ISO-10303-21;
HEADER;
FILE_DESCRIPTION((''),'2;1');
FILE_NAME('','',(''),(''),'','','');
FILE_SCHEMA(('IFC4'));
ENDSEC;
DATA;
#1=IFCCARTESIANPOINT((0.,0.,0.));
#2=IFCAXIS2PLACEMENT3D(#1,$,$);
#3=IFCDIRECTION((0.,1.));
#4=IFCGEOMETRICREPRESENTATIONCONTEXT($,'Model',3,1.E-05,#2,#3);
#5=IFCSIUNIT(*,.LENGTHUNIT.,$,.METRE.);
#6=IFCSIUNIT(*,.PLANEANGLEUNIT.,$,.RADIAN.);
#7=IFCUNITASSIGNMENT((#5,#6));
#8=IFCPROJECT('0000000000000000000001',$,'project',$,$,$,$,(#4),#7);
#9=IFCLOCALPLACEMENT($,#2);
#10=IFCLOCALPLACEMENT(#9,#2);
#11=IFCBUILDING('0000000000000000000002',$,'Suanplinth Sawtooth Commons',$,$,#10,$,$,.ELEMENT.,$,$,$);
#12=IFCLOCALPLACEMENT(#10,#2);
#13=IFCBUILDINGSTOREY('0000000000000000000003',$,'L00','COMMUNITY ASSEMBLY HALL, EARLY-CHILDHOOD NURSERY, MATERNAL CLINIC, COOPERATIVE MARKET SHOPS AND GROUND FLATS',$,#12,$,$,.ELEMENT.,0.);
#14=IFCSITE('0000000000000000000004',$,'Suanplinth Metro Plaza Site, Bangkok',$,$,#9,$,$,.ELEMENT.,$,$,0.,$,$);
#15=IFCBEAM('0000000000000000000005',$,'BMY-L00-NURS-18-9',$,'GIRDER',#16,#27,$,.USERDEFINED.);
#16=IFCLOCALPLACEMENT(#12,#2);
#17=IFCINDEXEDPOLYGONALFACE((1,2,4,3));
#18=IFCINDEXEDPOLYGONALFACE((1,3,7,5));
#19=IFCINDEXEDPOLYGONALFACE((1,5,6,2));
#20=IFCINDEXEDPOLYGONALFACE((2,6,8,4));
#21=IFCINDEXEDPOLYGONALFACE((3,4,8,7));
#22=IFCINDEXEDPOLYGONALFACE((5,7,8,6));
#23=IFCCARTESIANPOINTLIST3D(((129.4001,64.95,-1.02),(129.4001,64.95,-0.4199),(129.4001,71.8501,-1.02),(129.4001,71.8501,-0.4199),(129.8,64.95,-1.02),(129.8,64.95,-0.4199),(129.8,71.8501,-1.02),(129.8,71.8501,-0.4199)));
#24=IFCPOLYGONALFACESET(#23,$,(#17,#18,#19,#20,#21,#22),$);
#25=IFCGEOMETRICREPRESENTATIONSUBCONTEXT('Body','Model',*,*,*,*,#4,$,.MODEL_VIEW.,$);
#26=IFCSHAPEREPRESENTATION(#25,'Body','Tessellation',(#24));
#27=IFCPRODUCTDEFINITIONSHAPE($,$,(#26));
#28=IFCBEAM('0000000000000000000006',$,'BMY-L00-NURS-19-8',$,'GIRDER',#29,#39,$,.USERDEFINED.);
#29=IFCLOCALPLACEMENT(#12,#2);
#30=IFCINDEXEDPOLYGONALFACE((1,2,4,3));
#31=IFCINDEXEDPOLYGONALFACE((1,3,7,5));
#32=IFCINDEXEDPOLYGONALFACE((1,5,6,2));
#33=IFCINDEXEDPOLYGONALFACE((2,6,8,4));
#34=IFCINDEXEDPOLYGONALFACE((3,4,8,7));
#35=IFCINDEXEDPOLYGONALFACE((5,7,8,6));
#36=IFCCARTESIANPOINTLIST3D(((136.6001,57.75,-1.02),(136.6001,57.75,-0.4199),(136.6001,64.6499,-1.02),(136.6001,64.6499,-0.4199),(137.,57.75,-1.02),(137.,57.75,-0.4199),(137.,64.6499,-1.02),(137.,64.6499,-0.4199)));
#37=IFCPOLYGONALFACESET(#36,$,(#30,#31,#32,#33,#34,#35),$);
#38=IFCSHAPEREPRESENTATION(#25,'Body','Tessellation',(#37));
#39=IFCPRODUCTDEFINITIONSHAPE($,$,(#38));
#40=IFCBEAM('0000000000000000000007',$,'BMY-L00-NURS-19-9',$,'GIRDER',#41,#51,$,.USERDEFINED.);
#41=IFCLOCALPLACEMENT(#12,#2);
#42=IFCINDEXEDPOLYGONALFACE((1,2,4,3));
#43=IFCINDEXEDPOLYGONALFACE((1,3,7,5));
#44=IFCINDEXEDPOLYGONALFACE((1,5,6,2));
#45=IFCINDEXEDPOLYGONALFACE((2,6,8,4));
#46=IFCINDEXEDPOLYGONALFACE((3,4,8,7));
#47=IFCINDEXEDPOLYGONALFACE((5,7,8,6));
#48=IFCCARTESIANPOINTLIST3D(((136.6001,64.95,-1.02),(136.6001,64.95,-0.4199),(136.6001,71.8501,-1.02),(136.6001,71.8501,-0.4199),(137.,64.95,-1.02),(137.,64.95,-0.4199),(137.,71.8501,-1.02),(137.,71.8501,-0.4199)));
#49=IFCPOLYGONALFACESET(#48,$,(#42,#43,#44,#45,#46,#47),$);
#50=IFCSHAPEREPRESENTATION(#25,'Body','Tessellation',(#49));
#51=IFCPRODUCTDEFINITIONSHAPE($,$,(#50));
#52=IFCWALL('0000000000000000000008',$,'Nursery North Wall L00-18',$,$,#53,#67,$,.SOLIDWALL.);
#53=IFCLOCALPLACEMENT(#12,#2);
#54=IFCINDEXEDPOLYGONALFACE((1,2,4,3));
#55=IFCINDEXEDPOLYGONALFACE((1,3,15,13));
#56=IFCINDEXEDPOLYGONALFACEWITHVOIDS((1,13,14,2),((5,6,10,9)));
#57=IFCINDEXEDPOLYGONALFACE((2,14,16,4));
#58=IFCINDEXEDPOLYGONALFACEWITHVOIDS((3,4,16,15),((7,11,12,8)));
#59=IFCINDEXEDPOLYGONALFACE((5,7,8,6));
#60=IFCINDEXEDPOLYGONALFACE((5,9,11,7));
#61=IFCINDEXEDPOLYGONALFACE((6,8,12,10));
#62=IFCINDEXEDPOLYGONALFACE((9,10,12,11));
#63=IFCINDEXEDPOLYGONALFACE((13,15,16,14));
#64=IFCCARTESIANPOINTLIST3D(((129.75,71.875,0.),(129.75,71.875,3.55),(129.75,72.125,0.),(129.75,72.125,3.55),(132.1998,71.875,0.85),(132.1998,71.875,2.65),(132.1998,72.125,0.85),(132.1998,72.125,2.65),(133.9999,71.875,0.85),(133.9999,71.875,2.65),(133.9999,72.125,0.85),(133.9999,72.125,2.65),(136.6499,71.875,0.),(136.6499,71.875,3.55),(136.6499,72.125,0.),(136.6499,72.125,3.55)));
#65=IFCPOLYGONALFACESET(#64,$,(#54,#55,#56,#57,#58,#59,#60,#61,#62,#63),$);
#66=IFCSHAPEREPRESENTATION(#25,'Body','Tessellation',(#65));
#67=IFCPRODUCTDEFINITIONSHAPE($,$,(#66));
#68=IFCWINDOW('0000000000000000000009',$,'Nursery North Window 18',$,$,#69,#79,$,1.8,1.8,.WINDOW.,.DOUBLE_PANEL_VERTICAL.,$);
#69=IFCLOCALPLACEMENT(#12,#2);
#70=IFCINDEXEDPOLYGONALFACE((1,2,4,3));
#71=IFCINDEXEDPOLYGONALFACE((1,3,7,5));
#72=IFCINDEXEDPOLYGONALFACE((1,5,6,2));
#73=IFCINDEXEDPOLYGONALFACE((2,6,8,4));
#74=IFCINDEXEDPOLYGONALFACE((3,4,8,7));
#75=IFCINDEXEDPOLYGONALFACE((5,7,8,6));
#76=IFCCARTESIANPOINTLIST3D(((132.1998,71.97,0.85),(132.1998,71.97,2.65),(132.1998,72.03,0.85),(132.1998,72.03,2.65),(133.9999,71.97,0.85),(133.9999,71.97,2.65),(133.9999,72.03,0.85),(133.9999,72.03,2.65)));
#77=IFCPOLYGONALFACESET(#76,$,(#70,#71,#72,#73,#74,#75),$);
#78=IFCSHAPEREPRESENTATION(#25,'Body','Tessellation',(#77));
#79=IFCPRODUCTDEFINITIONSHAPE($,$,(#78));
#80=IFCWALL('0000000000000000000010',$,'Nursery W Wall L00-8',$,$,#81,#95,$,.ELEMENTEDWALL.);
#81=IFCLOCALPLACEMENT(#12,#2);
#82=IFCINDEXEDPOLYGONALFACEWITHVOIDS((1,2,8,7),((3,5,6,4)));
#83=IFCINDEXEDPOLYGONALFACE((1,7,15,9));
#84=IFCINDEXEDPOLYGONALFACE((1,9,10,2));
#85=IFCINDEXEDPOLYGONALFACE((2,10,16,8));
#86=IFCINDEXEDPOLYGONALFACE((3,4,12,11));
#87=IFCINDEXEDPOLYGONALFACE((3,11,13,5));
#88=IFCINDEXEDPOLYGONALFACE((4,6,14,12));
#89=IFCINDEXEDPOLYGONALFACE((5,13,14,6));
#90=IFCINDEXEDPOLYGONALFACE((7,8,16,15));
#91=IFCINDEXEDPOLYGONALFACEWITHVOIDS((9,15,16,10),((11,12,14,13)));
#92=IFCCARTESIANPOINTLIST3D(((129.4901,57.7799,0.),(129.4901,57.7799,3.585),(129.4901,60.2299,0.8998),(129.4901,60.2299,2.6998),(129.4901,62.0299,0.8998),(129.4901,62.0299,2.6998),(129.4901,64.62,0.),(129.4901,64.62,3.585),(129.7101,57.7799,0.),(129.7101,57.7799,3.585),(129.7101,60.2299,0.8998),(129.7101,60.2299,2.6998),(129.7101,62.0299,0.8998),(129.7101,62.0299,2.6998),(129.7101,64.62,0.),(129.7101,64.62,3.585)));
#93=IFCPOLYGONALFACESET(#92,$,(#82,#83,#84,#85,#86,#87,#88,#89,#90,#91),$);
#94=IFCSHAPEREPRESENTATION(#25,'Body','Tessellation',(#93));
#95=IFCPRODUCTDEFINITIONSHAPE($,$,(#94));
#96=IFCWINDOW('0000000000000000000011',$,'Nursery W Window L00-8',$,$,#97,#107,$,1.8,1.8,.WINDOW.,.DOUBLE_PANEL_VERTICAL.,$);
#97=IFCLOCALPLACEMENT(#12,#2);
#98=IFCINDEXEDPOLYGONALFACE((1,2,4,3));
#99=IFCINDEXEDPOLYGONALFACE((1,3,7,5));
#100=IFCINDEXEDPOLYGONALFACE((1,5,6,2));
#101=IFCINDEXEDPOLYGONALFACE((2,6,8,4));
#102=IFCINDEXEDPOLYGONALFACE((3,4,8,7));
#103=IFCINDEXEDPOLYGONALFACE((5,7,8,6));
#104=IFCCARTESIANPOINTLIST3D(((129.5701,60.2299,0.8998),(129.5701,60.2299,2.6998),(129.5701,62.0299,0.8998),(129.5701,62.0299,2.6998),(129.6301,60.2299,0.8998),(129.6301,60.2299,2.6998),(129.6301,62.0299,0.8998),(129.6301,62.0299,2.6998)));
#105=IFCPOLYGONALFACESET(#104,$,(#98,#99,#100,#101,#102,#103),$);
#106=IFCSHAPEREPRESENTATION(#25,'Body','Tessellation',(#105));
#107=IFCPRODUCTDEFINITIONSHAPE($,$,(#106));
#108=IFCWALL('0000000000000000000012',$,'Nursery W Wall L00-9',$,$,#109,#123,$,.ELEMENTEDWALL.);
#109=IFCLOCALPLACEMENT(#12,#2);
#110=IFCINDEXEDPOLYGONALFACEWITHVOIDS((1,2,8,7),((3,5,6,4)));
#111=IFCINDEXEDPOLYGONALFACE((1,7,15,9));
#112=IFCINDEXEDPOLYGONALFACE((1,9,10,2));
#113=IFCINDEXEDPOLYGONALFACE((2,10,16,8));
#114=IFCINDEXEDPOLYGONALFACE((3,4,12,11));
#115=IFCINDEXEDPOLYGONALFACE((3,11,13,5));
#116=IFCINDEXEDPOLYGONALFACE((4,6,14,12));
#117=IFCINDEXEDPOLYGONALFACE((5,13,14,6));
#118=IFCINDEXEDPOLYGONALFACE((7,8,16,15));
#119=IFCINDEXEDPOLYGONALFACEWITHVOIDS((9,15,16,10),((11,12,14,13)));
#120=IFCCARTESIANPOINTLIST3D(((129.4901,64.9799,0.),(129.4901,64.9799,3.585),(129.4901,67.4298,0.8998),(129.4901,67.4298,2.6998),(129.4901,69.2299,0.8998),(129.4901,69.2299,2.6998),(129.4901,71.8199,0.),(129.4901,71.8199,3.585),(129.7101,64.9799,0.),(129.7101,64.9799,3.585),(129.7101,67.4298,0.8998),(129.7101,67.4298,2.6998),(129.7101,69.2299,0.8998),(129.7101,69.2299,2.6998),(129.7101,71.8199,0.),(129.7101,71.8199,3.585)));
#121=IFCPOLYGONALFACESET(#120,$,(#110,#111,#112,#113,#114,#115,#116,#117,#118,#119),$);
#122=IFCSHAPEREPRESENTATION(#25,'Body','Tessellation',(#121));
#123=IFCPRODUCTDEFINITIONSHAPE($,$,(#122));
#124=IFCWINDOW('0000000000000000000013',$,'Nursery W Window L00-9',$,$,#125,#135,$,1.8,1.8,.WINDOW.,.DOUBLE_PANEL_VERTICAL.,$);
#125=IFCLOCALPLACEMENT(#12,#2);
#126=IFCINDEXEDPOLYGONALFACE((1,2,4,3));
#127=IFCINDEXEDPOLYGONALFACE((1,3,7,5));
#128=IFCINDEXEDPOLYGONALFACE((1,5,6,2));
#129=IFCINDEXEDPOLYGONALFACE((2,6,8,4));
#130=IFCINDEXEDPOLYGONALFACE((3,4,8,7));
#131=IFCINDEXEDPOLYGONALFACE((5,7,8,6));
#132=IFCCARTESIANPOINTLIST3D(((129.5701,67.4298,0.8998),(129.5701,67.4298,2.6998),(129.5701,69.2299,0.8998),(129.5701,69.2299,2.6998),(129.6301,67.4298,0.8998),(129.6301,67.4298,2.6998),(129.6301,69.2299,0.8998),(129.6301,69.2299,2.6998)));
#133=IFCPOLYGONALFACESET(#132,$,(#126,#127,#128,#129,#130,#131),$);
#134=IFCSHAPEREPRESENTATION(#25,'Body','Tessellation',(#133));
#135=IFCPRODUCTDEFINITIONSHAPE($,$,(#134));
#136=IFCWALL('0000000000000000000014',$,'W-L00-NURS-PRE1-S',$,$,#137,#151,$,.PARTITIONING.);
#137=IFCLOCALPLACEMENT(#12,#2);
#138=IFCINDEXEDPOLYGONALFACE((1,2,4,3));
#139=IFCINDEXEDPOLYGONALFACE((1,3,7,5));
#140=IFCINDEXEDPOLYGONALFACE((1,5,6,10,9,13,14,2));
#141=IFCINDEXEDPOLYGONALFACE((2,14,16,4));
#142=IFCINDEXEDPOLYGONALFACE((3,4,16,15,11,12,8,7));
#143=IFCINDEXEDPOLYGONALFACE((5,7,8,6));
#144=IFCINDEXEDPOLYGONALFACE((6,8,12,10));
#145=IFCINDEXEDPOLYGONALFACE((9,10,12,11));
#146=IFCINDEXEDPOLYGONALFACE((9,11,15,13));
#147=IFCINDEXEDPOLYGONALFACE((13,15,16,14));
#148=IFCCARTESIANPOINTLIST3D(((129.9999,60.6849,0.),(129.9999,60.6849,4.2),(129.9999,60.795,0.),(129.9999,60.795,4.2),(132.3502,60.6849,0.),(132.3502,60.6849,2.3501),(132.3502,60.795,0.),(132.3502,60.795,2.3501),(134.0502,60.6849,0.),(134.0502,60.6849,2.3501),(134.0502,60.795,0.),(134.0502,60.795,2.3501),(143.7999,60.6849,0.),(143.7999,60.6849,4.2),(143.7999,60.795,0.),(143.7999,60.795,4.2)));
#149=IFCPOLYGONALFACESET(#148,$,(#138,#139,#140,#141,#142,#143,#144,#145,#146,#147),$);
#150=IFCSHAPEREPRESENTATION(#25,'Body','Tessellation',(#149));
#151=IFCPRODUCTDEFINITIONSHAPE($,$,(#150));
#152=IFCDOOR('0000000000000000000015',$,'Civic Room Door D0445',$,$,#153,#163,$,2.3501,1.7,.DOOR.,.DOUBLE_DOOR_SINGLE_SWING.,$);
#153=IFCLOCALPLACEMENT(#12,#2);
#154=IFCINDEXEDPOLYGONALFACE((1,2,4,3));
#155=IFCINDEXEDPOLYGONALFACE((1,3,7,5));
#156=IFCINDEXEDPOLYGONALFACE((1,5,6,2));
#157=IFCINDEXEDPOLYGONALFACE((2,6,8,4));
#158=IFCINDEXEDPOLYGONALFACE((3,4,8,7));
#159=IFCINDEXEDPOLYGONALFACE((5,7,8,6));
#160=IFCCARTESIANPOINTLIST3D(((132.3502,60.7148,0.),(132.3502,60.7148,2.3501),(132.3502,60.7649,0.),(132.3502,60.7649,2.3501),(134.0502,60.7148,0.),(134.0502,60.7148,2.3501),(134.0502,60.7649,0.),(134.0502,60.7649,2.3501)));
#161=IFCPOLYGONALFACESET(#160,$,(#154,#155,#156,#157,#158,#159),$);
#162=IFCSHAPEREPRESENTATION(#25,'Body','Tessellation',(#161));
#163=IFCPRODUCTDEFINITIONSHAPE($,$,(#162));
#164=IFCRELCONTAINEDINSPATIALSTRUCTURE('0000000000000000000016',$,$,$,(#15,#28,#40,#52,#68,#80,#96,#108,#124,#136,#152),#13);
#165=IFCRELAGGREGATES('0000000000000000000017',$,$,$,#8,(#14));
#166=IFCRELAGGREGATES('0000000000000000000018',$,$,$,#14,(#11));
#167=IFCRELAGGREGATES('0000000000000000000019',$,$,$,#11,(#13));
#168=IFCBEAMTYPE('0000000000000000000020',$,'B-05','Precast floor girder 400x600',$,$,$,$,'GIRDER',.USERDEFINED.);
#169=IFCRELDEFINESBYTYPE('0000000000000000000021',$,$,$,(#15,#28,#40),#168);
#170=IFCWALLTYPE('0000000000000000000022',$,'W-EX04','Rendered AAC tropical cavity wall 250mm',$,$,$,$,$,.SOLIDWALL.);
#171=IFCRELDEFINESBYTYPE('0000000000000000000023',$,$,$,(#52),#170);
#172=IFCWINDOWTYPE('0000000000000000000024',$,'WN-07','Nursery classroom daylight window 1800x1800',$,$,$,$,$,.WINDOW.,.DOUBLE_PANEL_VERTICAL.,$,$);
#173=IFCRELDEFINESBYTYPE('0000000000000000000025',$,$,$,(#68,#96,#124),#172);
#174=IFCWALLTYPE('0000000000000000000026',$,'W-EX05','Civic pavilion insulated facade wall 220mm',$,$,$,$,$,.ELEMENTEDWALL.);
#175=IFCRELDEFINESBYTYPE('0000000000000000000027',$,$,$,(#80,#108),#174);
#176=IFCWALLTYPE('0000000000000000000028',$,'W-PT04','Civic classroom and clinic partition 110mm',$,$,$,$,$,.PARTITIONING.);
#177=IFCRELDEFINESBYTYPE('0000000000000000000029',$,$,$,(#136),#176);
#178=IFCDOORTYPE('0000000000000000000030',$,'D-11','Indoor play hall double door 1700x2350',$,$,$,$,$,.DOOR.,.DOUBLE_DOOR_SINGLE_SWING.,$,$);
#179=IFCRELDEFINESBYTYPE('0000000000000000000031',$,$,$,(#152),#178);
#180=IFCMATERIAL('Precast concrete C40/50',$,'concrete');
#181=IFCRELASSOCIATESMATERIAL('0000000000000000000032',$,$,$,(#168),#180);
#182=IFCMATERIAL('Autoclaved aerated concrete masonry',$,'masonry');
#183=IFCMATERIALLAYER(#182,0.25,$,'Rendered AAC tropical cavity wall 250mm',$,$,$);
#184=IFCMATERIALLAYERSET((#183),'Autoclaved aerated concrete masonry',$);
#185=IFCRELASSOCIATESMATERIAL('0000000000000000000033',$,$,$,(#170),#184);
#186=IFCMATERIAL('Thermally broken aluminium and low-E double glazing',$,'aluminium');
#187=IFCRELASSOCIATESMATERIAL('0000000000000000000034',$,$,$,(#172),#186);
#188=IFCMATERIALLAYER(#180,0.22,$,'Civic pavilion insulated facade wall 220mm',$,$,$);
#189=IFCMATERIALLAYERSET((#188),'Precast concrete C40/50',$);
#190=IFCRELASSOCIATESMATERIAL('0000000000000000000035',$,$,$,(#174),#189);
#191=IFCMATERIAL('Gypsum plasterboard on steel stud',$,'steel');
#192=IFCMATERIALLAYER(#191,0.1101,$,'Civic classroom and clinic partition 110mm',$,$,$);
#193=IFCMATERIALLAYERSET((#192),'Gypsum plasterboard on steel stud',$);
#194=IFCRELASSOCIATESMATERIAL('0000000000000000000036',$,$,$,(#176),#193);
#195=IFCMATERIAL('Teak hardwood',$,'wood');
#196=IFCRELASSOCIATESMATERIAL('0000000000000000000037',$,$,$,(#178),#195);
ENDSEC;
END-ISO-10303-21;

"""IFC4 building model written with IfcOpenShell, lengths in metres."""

from ifc_helpers import new_model, si_unit, direction, frame, frame_2d, origin, origin_2d, place, context, subcontext, project, spatial, rectangle, extrude, material, layer, layer_set, material_profile, profile_set, type_object, element, fill, save


model = new_model("IFC4")

# Units and contexts
model_context = context("Model", 3, precision=1e-05, world=origin(), true_north=direction((0.0, 1.0)))
body_context = subcontext(model_context, "Body", "Model", "MODEL_VIEW")
ifc_project = project(units=[si_unit("LENGTHUNIT", "METRE"), si_unit("PLANEANGLEUNIT", "RADIAN")], contexts=[model_context])

# Site, building, storey
site_placement = place(None, origin())
site = spatial("IfcSite", under=ifc_project, at=site_placement, Name="Suanplinth Metro Plaza Site, Bangkok", CompositionType="ELEMENT", RefElevation=0.0)
building_placement = place(site_placement, origin())
building = spatial("IfcBuilding", under=site, at=building_placement, Name="Suanplinth Sawtooth Commons", CompositionType="ELEMENT")
storey_placement = place(building_placement, origin())
storey = spatial("IfcBuildingStorey", under=building, at=storey_placement, Name="L00", Description="COMMUNITY ASSEMBLY HALL, EARLY-CHILDHOOD NURSERY, MATERNAL CLINIC, COOPERATIVE MARKET SHOPS AND GROUND FLATS", CompositionType="ELEMENT", Elevation=0.0)

# Beams
ifc_material_1 = material(Name="Precast concrete C40/50", Category="concrete")
ifc_material_profile_1 = material_profile(ifc_material_1, rectangle(XDim=0.3999, YDim=0.6001, at=origin_2d()), Name="PC-GDR 400x600")
ifc_profile_set_1 = profile_set([ifc_material_profile_1], Name="Precast concrete C40/50")
beam_type = type_object("IfcBeamType", Name="B-05", Description="Precast floor girder 400x600", ElementType="GIRDER", PredefinedType="USERDEFINED", material=ifc_profile_set_1)
beam_1_placement = place(storey_placement, frame((129.6001, 64.95, -0.72), z_axis=(0.0, 1.0, 0.0), x_axis=(-1.0, 0.0, 0.0)))
element("IfcBeam", 1, at=beam_1_placement, inside=storey, type_object=beam_type, Name="BMY-L00-NURS-18-9", ObjectType="GIRDER", PredefinedType="USERDEFINED", context=body_context, shape_type="SweptSolid", body=[
    extrude(rectangle(XDim=0.3999, YDim=0.6001, at=origin_2d()), origin(), (0.0, 0.0, 1.0), 6.9001),
])
beam_2_placement = place(storey_placement, frame((136.8, 57.75, -0.72), z_axis=(0.0, 1.0, 0.0), x_axis=(-1.0, 0.0, 0.0)))
element("IfcBeam", 2, at=beam_2_placement, inside=storey, type_object=beam_type, Name="BMY-L00-NURS-19-8", ObjectType="GIRDER", PredefinedType="USERDEFINED", context=body_context, shape_type="SweptSolid", body=[
    extrude(rectangle(XDim=0.3999, YDim=0.6001, at=origin_2d()), origin(), (0.0, 0.0, 1.0), 6.8999),
])
beam_3_placement = place(storey_placement, frame((136.8, 64.95, -0.72), z_axis=(0.0, 1.0, 0.0), x_axis=(-1.0, 0.0, 0.0)))
element("IfcBeam", 3, at=beam_3_placement, inside=storey, type_object=beam_type, Name="BMY-L00-NURS-19-9", ObjectType="GIRDER", PredefinedType="USERDEFINED", context=body_context, shape_type="SweptSolid", body=[
    extrude(rectangle(XDim=0.3999, YDim=0.6001, at=origin_2d()), origin(), (0.0, 0.0, 1.0), 6.9001),
])

# Walls, openings, windows
ifc_material_2 = material(Name="Autoclaved aerated concrete masonry", Category="masonry")
ifc_layer_1 = layer(ifc_material_2, 0.25, Name="Rendered AAC tropical cavity wall 250mm")
ifc_layer_set_1 = layer_set([ifc_layer_1], Name="Autoclaved aerated concrete masonry")
wall_type_1 = type_object("IfcWallType", Name="W-EX04", Description="Rendered AAC tropical cavity wall 250mm", PredefinedType="SOLIDWALL", material=ifc_layer_set_1)
wall_1_placement = place(storey_placement, frame((129.75, 72.0, 0.0), z_axis=(0.0, 0.0, 1.0), x_axis=(1.0, 0.0, 0.0)))
wall_1 = element("IfcWall", 4, at=wall_1_placement, inside=storey, type_object=wall_type_1, Name="Nursery North Wall L00-18", PredefinedType="SOLIDWALL", context=body_context, shape_type="SweptSolid", body=[
    extrude(rectangle(XDim=6.8999, YDim=0.25, at=frame_2d((3.45, 0.0))), origin(), (0.0, 0.0, 1.0), 3.55),
])
opening_1_placement = place(wall_1_placement, frame((2.45, 0.0, 0.8501)))
opening_1 = element("IfcOpeningElement", 5, at=opening_1_placement, cuts=wall_1, PredefinedType="OPENING", context=body_context, shape_type="SweptSolid", body=[
    extrude(rectangle(XDim=1.8, YDim=1.8, at=frame_2d((0.8999, 0.8999))), frame((0.0, 0.1399, 0.0), z_axis=(0.0, -1.0, 0.0), x_axis=(1.0, 0.0, 0.0)), (0.0, 0.0, 1.0), 0.2798),
])
ifc_material_3 = material(Name="Thermally broken aluminium and low-E double glazing", Category="aluminium")
window_type = type_object("IfcWindowType", Name="WN-07", Description="Nursery classroom daylight window 1800x1800", PartitioningType="DOUBLE_PANEL_VERTICAL", PredefinedType="WINDOW", material=ifc_material_3)
window_1_placement = place(opening_1_placement, origin())
window_1 = element("IfcWindow", 6, at=window_1_placement, inside=storey, type_object=window_type, Name="Nursery North Window 18", OverallHeight=1.8, OverallWidth=1.8, PartitioningType="DOUBLE_PANEL_VERTICAL", PredefinedType="WINDOW", context=body_context, shape_type="SweptSolid", body=[
    extrude(rectangle(XDim=1.8, YDim=1.8, at=frame_2d((0.8999, 0.8999))), frame((0.0, 0.03, 0.0), z_axis=(0.0, -1.0, 0.0), x_axis=(1.0, 0.0, 0.0)), (0.0, 0.0, 1.0), 0.0601),
])
fill(opening_1, window_1)
ifc_layer_2 = layer(ifc_material_1, 0.22, Name="Civic pavilion insulated facade wall 220mm")
ifc_layer_set_2 = layer_set([ifc_layer_2], Name="Precast concrete C40/50")
wall_type_2 = type_object("IfcWallType", Name="W-EX05", Description="Civic pavilion insulated facade wall 220mm", PredefinedType="ELEMENTEDWALL", material=ifc_layer_set_2)
wall_2_placement = place(storey_placement, frame((129.6001, 57.78, 0.0), z_axis=(0.0, 0.0, 1.0), x_axis=(0.0, 1.0, 0.0)))
wall_2 = element("IfcWall", 7, at=wall_2_placement, inside=storey, type_object=wall_type_2, Name="Nursery W Wall L00-8", PredefinedType="ELEMENTEDWALL", context=body_context, shape_type="SweptSolid", body=[
    extrude(rectangle(XDim=6.8401, YDim=0.22, at=frame_2d((3.4199, 0.0))), origin(), (0.0, 0.0, 1.0), 3.585),
])
opening_2_placement = place(wall_2_placement, frame((2.45, 0.0, 0.8999)))
opening_2 = element("IfcOpeningElement", 8, at=opening_2_placement, cuts=wall_2, PredefinedType="OPENING", context=body_context, shape_type="SweptSolid", body=[
    extrude(rectangle(XDim=1.8, YDim=1.8, at=frame_2d((0.8999, 0.8999))), frame((0.0, 0.125, 0.0), z_axis=(0.0, -1.0, 0.0), x_axis=(1.0, 0.0, 0.0)), (0.0, 0.0, 1.0), 0.2498),
])
window_2_placement = place(opening_2_placement, origin())
window_2 = element("IfcWindow", 9, at=window_2_placement, inside=storey, type_object=window_type, Name="Nursery W Window L00-8", OverallHeight=1.8, OverallWidth=1.8, PartitioningType="DOUBLE_PANEL_VERTICAL", PredefinedType="WINDOW", context=body_context, shape_type="SweptSolid", body=[
    extrude(rectangle(XDim=1.8, YDim=1.8, at=frame_2d((0.8999, 0.8999))), frame((0.0, 0.03, 0.0), z_axis=(0.0, -1.0, 0.0), x_axis=(1.0, 0.0, 0.0)), (0.0, 0.0, 1.0), 0.0601),
])
fill(opening_2, window_2)
wall_3_placement = place(storey_placement, frame((129.6001, 64.98, 0.0), z_axis=(0.0, 0.0, 1.0), x_axis=(0.0, 1.0, 0.0)))
wall_3 = element("IfcWall", 10, at=wall_3_placement, inside=storey, type_object=wall_type_2, Name="Nursery W Wall L00-9", PredefinedType="ELEMENTEDWALL", context=body_context, shape_type="SweptSolid", body=[
    extrude(rectangle(XDim=6.8401, YDim=0.22, at=frame_2d((3.4199, 0.0))), origin(), (0.0, 0.0, 1.0), 3.585),
])
opening_3_placement = place(wall_3_placement, frame((2.45, 0.0, 0.8999)))
opening_3 = element("IfcOpeningElement", 11, at=opening_3_placement, cuts=wall_3, PredefinedType="OPENING", context=body_context, shape_type="SweptSolid", body=[
    extrude(rectangle(XDim=1.8, YDim=1.8, at=frame_2d((0.8999, 0.8999))), frame((0.0, 0.125, 0.0), z_axis=(0.0, -1.0, 0.0), x_axis=(1.0, 0.0, 0.0)), (0.0, 0.0, 1.0), 0.2498),
])
window_3_placement = place(opening_3_placement, origin())
window_3 = element("IfcWindow", 12, at=window_3_placement, inside=storey, type_object=window_type, Name="Nursery W Window L00-9", OverallHeight=1.8, OverallWidth=1.8, PartitioningType="DOUBLE_PANEL_VERTICAL", PredefinedType="WINDOW", context=body_context, shape_type="SweptSolid", body=[
    extrude(rectangle(XDim=1.8, YDim=1.8, at=frame_2d((0.8999, 0.8999))), frame((0.0, 0.03, 0.0), z_axis=(0.0, -1.0, 0.0), x_axis=(1.0, 0.0, 0.0)), (0.0, 0.0, 1.0), 0.0601),
])
fill(opening_3, window_3)

# Wall, opening, door
ifc_material_4 = material(Name="Gypsum plasterboard on steel stud", Category="steel")
ifc_layer_3 = layer(ifc_material_4, 0.1101, Name="Civic classroom and clinic partition 110mm")
ifc_layer_set_3 = layer_set([ifc_layer_3], Name="Gypsum plasterboard on steel stud")
wall_type_3 = type_object("IfcWallType", Name="W-PT04", Description="Civic classroom and clinic partition 110mm", PredefinedType="PARTITIONING", material=ifc_layer_set_3)
wall_4_placement = place(storey_placement, frame((130.0, 60.74, 0.0), z_axis=(0.0, 0.0, 1.0), x_axis=(1.0, 0.0, 0.0)))
wall_4 = element("IfcWall", 13, at=wall_4_placement, inside=storey, type_object=wall_type_3, Name="W-L00-NURS-PRE1-S", PredefinedType="PARTITIONING", context=body_context, shape_type="SweptSolid", body=[
    extrude(rectangle(XDim=13.8, YDim=0.1101, at=frame_2d((6.8999, 0.0))), origin(), (0.0, 0.0, 1.0), 4.2),
])
opening_4_placement = place(wall_4_placement, frame((2.3501, 0.0, 0.0)))
opening_4 = element("IfcOpeningElement", 14, at=opening_4_placement, cuts=wall_4, PredefinedType="OPENING", context=body_context, shape_type="SweptSolid", body=[
    extrude(rectangle(XDim=1.7, YDim=2.3501, at=frame_2d((0.8501, 1.175))), frame((0.0, 0.0698, 0.0), z_axis=(0.0, -1.0, 0.0), x_axis=(1.0, 0.0, 0.0)), (0.0, 0.0, 1.0), 0.1399),
])
ifc_material_5 = material(Name="Teak hardwood", Category="wood")
door_type = type_object("IfcDoorType", Name="D-11", Description="Indoor play hall double door 1700x2350", OperationType="DOUBLE_DOOR_SINGLE_SWING", PredefinedType="DOOR", material=ifc_material_5)
door_placement = place(opening_4_placement, origin())
door = element("IfcDoor", 15, at=door_placement, inside=storey, type_object=door_type, Name="Civic Room Door D0445", OperationType="DOUBLE_DOOR_SINGLE_SWING", OverallHeight=2.3501, OverallWidth=1.7, PredefinedType="DOOR", context=body_context, shape_type="SweptSolid", body=[
    extrude(rectangle(XDim=1.7, YDim=2.3501, at=frame_2d((0.8501, 1.175))), frame((0.0, 0.0249, 0.0), z_axis=(0.0, -1.0, 0.0), x_axis=(1.0, 0.0, 0.0)), (0.0, 0.0, 1.0), 0.05),
])
fill(opening_4, door)

save(model, "model.ifc")
